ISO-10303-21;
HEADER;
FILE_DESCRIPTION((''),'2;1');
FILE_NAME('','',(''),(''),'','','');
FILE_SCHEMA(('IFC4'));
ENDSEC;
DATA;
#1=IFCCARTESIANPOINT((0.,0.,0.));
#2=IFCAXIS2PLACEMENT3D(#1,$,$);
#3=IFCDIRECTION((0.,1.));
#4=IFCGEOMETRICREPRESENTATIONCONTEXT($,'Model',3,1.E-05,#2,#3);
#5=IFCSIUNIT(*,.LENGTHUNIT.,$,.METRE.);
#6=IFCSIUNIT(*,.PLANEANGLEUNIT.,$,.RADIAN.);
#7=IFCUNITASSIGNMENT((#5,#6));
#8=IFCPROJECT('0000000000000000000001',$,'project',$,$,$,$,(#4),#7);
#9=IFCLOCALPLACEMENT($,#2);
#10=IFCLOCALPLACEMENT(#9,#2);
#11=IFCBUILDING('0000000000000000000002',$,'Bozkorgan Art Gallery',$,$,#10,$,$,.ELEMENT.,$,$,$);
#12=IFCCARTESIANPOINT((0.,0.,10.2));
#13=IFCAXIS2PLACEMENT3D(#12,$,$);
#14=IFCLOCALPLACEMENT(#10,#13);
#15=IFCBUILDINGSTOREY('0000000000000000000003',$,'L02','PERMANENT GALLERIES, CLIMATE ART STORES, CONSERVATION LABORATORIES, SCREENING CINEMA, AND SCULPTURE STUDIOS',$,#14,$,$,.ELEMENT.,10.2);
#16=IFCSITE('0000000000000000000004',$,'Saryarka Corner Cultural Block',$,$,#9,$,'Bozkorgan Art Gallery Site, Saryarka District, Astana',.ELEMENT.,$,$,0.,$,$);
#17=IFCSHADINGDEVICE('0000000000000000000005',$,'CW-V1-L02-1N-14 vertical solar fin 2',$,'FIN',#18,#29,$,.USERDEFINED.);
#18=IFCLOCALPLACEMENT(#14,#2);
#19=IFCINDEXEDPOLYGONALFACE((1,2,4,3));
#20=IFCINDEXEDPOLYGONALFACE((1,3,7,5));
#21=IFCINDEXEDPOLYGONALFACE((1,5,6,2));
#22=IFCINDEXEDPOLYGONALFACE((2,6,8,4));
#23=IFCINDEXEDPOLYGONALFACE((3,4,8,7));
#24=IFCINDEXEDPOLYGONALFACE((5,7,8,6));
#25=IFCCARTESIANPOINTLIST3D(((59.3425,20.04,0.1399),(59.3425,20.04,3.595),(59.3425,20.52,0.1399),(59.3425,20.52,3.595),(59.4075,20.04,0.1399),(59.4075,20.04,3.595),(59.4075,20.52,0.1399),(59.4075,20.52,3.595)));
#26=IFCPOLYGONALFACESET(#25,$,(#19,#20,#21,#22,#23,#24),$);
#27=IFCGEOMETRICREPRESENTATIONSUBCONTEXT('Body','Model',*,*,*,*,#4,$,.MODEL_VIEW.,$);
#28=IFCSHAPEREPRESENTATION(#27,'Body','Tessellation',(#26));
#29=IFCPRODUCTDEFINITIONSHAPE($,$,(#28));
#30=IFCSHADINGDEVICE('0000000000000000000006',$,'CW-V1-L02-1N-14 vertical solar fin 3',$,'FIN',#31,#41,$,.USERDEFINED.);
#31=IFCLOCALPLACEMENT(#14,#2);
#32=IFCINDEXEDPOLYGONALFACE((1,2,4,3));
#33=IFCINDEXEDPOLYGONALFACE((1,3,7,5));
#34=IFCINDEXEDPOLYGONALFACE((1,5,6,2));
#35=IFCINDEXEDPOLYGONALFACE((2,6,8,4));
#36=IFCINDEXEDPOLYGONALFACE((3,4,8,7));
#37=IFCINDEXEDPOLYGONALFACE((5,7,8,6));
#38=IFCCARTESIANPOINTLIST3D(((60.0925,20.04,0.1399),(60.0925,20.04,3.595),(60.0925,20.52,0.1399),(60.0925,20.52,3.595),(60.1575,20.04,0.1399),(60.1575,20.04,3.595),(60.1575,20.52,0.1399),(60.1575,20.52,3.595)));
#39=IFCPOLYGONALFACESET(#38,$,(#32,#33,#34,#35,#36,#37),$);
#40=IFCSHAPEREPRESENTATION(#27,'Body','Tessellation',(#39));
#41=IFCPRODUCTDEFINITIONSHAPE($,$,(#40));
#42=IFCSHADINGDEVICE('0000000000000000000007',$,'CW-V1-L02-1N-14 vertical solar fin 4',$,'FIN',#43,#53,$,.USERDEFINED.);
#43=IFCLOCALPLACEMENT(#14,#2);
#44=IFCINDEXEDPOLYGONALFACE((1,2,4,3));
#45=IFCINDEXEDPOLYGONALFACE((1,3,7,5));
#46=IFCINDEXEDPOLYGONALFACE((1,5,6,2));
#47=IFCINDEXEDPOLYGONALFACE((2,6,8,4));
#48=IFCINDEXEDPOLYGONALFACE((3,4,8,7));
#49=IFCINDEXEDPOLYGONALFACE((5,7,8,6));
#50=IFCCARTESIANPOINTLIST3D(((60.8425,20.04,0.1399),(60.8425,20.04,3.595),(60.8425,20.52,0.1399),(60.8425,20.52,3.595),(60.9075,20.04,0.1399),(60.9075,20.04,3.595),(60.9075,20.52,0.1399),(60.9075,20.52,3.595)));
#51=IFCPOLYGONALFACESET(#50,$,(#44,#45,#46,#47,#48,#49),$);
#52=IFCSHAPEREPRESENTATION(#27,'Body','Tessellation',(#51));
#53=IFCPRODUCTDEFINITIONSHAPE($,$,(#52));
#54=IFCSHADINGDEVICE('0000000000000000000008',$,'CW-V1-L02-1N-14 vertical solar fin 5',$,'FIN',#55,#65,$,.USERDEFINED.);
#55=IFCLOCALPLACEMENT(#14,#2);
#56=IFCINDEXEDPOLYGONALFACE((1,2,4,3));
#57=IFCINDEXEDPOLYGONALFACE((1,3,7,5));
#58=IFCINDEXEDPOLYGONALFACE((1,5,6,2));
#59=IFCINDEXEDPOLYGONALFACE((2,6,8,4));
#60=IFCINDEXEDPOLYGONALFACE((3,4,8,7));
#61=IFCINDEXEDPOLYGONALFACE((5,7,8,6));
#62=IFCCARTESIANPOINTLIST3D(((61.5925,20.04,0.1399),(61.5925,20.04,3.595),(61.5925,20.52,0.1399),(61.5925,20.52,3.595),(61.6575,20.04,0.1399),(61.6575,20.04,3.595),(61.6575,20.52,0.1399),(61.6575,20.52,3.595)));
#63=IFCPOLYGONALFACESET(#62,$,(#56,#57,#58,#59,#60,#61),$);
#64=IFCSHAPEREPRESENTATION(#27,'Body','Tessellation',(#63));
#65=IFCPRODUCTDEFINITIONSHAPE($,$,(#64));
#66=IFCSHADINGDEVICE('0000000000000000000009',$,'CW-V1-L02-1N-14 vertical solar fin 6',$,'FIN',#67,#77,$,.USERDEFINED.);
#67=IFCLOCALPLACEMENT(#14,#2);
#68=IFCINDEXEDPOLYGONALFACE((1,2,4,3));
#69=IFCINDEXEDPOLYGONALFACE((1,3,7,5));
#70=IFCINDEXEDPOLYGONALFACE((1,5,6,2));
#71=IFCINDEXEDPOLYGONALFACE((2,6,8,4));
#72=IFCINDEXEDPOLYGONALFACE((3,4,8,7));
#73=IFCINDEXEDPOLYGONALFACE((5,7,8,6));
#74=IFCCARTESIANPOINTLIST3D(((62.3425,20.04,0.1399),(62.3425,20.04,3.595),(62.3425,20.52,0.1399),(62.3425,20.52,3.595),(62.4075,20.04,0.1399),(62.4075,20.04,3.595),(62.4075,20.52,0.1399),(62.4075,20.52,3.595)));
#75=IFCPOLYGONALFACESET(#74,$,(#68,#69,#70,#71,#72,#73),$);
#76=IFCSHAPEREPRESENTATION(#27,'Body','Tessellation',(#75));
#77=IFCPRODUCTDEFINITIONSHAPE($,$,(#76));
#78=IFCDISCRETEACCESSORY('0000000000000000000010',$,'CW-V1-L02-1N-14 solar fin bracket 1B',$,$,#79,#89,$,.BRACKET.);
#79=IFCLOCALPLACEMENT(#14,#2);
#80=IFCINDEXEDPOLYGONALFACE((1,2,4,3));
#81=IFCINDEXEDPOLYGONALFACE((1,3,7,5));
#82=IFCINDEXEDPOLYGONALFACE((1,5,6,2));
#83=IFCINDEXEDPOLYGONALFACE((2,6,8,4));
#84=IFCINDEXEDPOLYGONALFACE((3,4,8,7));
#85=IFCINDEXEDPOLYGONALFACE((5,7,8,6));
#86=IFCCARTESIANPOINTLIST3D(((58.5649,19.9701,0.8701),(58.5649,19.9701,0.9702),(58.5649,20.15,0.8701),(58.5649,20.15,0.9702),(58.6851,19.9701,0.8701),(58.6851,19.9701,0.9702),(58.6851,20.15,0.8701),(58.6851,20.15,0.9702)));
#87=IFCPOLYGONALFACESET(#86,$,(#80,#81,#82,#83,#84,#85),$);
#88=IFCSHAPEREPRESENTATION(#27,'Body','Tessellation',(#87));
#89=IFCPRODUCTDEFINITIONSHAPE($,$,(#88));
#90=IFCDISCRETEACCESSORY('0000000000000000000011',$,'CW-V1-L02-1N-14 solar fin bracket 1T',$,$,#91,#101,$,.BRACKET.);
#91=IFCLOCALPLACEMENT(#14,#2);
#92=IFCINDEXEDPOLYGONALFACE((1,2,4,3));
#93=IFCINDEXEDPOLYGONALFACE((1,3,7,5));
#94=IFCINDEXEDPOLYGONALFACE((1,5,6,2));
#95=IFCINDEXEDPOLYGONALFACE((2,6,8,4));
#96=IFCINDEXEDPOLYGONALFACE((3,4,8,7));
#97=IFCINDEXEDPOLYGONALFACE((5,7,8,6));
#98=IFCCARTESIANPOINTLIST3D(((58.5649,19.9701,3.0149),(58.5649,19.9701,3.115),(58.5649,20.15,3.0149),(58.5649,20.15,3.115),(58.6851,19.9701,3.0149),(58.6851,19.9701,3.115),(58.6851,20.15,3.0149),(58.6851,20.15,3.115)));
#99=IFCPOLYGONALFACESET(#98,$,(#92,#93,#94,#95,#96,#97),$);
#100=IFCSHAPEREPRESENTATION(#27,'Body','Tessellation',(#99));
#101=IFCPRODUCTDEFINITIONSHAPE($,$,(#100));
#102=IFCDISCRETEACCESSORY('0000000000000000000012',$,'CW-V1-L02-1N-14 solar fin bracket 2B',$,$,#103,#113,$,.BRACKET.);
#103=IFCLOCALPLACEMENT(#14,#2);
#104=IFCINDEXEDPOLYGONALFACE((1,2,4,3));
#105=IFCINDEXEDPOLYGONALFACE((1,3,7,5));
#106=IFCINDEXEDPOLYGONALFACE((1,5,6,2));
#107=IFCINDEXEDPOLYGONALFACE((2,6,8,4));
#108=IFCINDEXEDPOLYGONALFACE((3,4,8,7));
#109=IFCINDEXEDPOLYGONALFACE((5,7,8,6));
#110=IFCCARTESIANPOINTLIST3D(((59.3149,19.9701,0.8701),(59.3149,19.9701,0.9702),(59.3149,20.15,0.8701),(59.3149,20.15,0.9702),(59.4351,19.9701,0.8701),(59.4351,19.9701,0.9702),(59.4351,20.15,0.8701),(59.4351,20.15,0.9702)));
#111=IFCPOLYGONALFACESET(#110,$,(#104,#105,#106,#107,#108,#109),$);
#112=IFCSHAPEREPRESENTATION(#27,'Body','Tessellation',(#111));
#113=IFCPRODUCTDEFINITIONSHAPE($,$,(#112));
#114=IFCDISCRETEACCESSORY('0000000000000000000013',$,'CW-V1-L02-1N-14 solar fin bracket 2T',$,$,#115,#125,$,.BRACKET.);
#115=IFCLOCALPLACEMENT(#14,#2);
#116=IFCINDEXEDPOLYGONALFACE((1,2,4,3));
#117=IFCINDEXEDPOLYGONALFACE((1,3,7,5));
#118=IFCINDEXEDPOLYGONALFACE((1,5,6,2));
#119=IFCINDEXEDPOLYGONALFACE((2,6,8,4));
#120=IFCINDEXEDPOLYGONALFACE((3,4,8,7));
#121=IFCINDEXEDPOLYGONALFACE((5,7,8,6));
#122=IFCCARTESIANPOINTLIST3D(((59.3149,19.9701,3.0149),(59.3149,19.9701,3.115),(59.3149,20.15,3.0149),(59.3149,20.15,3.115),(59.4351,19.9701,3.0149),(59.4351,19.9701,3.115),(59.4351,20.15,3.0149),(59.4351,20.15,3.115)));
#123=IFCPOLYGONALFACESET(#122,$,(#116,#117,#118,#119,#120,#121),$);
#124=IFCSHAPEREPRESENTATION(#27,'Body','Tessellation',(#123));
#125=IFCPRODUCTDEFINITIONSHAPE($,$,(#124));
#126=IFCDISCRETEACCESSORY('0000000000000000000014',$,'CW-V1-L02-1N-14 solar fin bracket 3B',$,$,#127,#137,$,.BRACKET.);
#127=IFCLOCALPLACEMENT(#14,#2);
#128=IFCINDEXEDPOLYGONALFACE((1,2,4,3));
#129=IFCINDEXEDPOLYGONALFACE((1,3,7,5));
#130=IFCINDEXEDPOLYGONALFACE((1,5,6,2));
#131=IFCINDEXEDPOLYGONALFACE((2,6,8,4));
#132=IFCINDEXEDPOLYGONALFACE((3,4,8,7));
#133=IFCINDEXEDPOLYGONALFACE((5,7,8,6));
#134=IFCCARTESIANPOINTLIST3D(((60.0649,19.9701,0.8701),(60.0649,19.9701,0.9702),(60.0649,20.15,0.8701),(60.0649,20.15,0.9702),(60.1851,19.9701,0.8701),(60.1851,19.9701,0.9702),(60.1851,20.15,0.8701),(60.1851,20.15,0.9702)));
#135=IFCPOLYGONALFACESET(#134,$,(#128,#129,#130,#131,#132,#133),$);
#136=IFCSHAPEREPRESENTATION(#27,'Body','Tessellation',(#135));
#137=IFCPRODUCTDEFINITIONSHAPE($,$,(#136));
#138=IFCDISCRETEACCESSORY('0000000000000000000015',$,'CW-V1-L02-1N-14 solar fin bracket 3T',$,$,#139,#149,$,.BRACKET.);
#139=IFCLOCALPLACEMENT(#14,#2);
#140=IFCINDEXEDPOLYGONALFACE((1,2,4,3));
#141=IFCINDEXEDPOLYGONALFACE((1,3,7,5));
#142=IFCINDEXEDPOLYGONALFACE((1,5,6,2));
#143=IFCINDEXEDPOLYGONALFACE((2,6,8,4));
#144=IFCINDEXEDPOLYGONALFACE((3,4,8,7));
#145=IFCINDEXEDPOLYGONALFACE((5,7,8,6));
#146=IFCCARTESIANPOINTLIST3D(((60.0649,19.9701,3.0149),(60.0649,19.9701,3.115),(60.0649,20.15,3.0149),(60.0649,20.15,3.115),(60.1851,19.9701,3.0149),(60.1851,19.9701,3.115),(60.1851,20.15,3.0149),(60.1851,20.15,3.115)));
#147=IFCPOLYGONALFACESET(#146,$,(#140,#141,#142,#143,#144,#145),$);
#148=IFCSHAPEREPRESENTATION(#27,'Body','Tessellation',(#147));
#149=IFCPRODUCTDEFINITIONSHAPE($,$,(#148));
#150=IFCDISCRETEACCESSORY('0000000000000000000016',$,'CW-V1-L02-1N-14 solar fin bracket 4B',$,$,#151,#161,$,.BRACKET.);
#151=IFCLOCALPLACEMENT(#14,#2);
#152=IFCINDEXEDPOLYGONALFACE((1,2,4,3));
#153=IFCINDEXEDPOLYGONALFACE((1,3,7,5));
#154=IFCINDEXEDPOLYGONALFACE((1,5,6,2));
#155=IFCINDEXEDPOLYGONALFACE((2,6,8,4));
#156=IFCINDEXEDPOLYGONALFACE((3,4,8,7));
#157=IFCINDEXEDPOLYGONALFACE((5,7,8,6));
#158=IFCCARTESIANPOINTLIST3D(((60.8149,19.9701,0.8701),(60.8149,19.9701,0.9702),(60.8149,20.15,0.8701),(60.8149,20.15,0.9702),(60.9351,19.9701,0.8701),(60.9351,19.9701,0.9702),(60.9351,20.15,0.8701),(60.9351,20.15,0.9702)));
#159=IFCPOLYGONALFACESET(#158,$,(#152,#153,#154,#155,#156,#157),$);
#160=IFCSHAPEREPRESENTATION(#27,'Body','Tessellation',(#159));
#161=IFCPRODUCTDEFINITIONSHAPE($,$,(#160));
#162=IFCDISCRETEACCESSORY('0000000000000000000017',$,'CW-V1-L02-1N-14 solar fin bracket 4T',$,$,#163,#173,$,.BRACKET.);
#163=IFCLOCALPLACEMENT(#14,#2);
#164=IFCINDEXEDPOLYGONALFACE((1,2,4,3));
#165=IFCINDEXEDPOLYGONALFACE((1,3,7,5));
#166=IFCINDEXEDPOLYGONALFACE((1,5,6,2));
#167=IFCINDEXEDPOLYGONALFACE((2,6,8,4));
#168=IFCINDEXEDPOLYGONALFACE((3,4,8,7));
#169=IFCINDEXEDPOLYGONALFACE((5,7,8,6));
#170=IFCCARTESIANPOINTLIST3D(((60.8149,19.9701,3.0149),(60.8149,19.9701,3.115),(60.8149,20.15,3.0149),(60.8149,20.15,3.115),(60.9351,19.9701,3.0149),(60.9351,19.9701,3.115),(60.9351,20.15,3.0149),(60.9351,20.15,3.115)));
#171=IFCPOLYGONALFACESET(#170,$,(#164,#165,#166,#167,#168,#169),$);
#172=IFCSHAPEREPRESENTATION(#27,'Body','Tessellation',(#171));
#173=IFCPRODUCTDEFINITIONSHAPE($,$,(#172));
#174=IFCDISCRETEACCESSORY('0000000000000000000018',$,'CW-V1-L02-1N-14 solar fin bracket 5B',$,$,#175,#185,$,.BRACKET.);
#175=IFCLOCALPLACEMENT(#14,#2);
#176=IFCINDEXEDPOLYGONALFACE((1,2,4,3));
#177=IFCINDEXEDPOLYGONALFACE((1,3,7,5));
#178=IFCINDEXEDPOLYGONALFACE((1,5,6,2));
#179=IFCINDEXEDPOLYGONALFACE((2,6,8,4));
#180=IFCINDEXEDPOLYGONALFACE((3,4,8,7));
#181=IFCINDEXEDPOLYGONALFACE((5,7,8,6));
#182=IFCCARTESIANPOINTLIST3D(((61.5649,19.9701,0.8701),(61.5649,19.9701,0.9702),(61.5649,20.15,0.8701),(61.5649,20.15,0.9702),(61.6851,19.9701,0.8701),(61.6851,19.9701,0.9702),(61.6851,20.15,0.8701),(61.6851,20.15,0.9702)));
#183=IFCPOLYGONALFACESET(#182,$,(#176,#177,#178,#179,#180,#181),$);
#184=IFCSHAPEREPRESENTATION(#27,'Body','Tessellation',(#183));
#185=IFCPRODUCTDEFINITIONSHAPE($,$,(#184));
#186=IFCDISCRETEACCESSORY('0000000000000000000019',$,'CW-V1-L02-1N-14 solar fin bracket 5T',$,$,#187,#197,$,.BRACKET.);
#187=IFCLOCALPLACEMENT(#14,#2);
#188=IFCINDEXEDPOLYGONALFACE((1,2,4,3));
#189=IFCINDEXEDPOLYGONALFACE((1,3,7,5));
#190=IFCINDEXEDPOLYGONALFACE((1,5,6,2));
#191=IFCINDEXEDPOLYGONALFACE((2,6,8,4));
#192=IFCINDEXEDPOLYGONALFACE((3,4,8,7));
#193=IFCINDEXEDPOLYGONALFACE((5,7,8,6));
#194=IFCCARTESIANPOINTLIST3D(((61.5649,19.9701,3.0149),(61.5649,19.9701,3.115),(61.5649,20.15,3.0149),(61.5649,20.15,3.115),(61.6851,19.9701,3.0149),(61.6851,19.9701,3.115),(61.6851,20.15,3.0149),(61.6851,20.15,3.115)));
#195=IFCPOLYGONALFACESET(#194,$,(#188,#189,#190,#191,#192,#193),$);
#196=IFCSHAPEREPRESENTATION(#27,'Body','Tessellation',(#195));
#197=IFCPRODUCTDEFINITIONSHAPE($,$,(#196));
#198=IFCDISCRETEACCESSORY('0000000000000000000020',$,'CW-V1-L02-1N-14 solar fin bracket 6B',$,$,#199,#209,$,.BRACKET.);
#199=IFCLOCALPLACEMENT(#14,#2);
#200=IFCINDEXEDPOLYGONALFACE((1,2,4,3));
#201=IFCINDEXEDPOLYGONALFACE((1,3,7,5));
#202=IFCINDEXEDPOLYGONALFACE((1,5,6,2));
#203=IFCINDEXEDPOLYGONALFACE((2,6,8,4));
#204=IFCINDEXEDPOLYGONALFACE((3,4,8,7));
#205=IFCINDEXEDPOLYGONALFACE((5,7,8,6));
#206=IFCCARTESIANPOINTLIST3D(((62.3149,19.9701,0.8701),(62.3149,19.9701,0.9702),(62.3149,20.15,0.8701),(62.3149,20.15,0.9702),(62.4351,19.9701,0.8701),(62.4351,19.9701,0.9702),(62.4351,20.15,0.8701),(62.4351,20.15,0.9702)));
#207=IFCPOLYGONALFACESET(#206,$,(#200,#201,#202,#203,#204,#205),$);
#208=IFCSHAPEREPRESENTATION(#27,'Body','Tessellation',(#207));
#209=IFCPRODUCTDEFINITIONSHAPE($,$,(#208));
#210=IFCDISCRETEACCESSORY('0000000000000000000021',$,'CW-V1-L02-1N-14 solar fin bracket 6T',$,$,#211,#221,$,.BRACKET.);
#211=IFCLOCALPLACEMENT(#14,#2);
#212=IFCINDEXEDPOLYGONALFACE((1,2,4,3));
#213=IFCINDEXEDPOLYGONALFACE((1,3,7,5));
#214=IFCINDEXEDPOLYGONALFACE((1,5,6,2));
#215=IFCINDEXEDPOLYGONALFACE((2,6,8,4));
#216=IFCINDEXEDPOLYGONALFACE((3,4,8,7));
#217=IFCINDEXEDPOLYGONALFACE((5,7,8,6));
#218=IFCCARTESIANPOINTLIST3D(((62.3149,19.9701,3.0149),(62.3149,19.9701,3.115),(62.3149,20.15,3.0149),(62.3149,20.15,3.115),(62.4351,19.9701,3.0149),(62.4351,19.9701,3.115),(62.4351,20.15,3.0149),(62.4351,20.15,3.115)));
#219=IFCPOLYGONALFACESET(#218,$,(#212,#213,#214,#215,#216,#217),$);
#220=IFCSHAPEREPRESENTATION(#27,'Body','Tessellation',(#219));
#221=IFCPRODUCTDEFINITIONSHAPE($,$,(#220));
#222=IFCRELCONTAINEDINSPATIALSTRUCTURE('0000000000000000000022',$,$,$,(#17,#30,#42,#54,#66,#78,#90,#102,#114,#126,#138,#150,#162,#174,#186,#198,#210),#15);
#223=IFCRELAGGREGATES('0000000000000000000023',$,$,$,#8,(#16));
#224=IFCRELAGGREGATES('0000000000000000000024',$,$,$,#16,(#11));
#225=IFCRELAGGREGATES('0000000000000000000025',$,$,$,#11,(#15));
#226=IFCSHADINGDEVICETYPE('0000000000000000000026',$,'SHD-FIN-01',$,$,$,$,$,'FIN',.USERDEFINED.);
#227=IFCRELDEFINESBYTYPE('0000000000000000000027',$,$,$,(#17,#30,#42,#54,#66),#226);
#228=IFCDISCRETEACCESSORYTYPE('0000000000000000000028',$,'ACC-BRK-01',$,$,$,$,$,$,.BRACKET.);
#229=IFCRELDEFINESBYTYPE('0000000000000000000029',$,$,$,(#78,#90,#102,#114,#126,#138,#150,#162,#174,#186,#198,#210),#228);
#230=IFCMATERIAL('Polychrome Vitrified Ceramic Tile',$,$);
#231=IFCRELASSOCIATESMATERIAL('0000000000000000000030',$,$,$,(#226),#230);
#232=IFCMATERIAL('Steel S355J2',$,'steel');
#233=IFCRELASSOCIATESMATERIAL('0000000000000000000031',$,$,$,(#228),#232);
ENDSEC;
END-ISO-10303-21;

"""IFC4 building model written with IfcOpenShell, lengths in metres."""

from ifc_helpers import new_model, si_unit, direction, frame, origin, origin_2d, place, context, subcontext, project, spatial, rectangle, extrude, material, type_object, element, save


model = new_model("IFC4")

# Units and contexts
model_context = context("Model", 3, precision=1e-05, world=origin(), true_north=direction((0.0, 1.0)))
body_context = subcontext(model_context, "Body", "Model", "MODEL_VIEW")
ifc_project = project(units=[si_unit("LENGTHUNIT", "METRE"), si_unit("PLANEANGLEUNIT", "RADIAN")], contexts=[model_context])

# Site, building, storey
site_placement = place(None, origin())
site = spatial("IfcSite", under=ifc_project, at=site_placement, Name="Saryarka Corner Cultural Block", LongName="Bozkorgan Art Gallery Site, Saryarka District, Astana", CompositionType="ELEMENT", RefElevation=0.0)
building_placement = place(site_placement, origin())
building = spatial("IfcBuilding", under=site, at=building_placement, Name="Bozkorgan Art Gallery", CompositionType="ELEMENT")
storey_placement = place(building_placement, frame((0.0, 0.0, 10.2)))
storey = spatial("IfcBuildingStorey", under=building, at=storey_placement, Name="L02", Description="PERMANENT GALLERIES, CLIMATE ART STORES, CONSERVATION LABORATORIES, SCREENING CINEMA, AND SCULPTURE STUDIOS", CompositionType="ELEMENT", Elevation=10.2)

# Shared definitions
ifc_material_1 = material(Name="Steel S355J2", Category="steel")

# Shading devices
ifc_material_2 = material(Name="Polychrome Vitrified Ceramic Tile")
shading_device_type = type_object("IfcShadingDeviceType", Name="SHD-FIN-01", ElementType="FIN", PredefinedType="USERDEFINED", material=ifc_material_2)
for number, where, z_axis, x_axis, name in (
    (1, (59.375, 20.28, 0.1399), (0.0, 0.0, 1.0), (0.0, 1.0, 0.0), "CW-V1-L02-1N-14 vertical solar fin 2"),
    (2, (60.125, 20.28, 0.1399), (0.0, 0.0, 1.0), (0.0, 1.0, 0.0), "CW-V1-L02-1N-14 vertical solar fin 3"),
    (3, (60.875, 20.28, 0.1399), (0.0, 0.0, 1.0), (0.0, 1.0, 0.0), "CW-V1-L02-1N-14 vertical solar fin 4"),
    (4, (61.625, 20.28, 0.1399), (0.0, 0.0, 1.0), (0.0, 1.0, 0.0), "CW-V1-L02-1N-14 vertical solar fin 5"),
    (5, (62.375, 20.28, 0.1399), (0.0, 0.0, 1.0), (0.0, 1.0, 0.0), "CW-V1-L02-1N-14 vertical solar fin 6"),
):
    element("IfcShadingDevice", number, at=place(storey_placement, frame(where, z_axis=z_axis, x_axis=x_axis)), inside=storey, type_object=shading_device_type, Name=name, ObjectType="FIN", PredefinedType="USERDEFINED", context=body_context, shape_type="SweptSolid", body=[
        extrude(rectangle(XDim=0.48, YDim=0.0649, at=origin_2d()), origin(), (0.0, 0.0, 1.0), 3.4551),
    ])

# Discrete accessories
discrete_accessory_type = type_object("IfcDiscreteAccessoryType", Name="ACC-BRK-01", PredefinedType="BRACKET", material=ifc_material_1)
for number, where, z_axis, x_axis, name in (
    (6, (58.625, 20.0601, 0.8701), (0.0, 0.0, 1.0), (0.0, 1.0, 0.0), "CW-V1-L02-1N-14 solar fin bracket 1B"),
    (7, (58.625, 20.0601, 3.0149), (0.0, 0.0, 1.0), (0.0, 1.0, 0.0), "CW-V1-L02-1N-14 solar fin bracket 1T"),
    (8, (59.375, 20.0601, 0.8701), (0.0, 0.0, 1.0), (0.0, 1.0, 0.0), "CW-V1-L02-1N-14 solar fin bracket 2B"),
    (9, (59.375, 20.0601, 3.0149), (0.0, 0.0, 1.0), (0.0, 1.0, 0.0), "CW-V1-L02-1N-14 solar fin bracket 2T"),
    (10, (60.125, 20.0601, 0.8701), (0.0, 0.0, 1.0), (0.0, 1.0, 0.0), "CW-V1-L02-1N-14 solar fin bracket 3B"),
    (11, (60.125, 20.0601, 3.0149), (0.0, 0.0, 1.0), (0.0, 1.0, 0.0), "CW-V1-L02-1N-14 solar fin bracket 3T"),
    (12, (60.875, 20.0601, 0.8701), (0.0, 0.0, 1.0), (0.0, 1.0, 0.0), "CW-V1-L02-1N-14 solar fin bracket 4B"),
    (13, (60.875, 20.0601, 3.0149), (0.0, 0.0, 1.0), (0.0, 1.0, 0.0), "CW-V1-L02-1N-14 solar fin bracket 4T"),
    (14, (61.625, 20.0601, 0.8701), (0.0, 0.0, 1.0), (0.0, 1.0, 0.0), "CW-V1-L02-1N-14 solar fin bracket 5B"),
    (15, (61.625, 20.0601, 3.0149), (0.0, 0.0, 1.0), (0.0, 1.0, 0.0), "CW-V1-L02-1N-14 solar fin bracket 5T"),
    (16, (62.375, 20.0601, 0.8701), (0.0, 0.0, 1.0), (0.0, 1.0, 0.0), "CW-V1-L02-1N-14 solar fin bracket 6B"),
    (17, (62.375, 20.0601, 3.0149), (0.0, 0.0, 1.0), (0.0, 1.0, 0.0), "CW-V1-L02-1N-14 solar fin bracket 6T"),
):
    element("IfcDiscreteAccessory", number, at=place(storey_placement, frame(where, z_axis=z_axis, x_axis=x_axis)), inside=storey, type_object=discrete_accessory_type, Name=name, PredefinedType="BRACKET", context=body_context, shape_type="SweptSolid", body=[
        extrude(rectangle(XDim=0.1799, YDim=0.1201, at=origin_2d()), origin(), (0.0, 0.0, 1.0), 0.1001),
    ])

save(model, "model.ifc")
